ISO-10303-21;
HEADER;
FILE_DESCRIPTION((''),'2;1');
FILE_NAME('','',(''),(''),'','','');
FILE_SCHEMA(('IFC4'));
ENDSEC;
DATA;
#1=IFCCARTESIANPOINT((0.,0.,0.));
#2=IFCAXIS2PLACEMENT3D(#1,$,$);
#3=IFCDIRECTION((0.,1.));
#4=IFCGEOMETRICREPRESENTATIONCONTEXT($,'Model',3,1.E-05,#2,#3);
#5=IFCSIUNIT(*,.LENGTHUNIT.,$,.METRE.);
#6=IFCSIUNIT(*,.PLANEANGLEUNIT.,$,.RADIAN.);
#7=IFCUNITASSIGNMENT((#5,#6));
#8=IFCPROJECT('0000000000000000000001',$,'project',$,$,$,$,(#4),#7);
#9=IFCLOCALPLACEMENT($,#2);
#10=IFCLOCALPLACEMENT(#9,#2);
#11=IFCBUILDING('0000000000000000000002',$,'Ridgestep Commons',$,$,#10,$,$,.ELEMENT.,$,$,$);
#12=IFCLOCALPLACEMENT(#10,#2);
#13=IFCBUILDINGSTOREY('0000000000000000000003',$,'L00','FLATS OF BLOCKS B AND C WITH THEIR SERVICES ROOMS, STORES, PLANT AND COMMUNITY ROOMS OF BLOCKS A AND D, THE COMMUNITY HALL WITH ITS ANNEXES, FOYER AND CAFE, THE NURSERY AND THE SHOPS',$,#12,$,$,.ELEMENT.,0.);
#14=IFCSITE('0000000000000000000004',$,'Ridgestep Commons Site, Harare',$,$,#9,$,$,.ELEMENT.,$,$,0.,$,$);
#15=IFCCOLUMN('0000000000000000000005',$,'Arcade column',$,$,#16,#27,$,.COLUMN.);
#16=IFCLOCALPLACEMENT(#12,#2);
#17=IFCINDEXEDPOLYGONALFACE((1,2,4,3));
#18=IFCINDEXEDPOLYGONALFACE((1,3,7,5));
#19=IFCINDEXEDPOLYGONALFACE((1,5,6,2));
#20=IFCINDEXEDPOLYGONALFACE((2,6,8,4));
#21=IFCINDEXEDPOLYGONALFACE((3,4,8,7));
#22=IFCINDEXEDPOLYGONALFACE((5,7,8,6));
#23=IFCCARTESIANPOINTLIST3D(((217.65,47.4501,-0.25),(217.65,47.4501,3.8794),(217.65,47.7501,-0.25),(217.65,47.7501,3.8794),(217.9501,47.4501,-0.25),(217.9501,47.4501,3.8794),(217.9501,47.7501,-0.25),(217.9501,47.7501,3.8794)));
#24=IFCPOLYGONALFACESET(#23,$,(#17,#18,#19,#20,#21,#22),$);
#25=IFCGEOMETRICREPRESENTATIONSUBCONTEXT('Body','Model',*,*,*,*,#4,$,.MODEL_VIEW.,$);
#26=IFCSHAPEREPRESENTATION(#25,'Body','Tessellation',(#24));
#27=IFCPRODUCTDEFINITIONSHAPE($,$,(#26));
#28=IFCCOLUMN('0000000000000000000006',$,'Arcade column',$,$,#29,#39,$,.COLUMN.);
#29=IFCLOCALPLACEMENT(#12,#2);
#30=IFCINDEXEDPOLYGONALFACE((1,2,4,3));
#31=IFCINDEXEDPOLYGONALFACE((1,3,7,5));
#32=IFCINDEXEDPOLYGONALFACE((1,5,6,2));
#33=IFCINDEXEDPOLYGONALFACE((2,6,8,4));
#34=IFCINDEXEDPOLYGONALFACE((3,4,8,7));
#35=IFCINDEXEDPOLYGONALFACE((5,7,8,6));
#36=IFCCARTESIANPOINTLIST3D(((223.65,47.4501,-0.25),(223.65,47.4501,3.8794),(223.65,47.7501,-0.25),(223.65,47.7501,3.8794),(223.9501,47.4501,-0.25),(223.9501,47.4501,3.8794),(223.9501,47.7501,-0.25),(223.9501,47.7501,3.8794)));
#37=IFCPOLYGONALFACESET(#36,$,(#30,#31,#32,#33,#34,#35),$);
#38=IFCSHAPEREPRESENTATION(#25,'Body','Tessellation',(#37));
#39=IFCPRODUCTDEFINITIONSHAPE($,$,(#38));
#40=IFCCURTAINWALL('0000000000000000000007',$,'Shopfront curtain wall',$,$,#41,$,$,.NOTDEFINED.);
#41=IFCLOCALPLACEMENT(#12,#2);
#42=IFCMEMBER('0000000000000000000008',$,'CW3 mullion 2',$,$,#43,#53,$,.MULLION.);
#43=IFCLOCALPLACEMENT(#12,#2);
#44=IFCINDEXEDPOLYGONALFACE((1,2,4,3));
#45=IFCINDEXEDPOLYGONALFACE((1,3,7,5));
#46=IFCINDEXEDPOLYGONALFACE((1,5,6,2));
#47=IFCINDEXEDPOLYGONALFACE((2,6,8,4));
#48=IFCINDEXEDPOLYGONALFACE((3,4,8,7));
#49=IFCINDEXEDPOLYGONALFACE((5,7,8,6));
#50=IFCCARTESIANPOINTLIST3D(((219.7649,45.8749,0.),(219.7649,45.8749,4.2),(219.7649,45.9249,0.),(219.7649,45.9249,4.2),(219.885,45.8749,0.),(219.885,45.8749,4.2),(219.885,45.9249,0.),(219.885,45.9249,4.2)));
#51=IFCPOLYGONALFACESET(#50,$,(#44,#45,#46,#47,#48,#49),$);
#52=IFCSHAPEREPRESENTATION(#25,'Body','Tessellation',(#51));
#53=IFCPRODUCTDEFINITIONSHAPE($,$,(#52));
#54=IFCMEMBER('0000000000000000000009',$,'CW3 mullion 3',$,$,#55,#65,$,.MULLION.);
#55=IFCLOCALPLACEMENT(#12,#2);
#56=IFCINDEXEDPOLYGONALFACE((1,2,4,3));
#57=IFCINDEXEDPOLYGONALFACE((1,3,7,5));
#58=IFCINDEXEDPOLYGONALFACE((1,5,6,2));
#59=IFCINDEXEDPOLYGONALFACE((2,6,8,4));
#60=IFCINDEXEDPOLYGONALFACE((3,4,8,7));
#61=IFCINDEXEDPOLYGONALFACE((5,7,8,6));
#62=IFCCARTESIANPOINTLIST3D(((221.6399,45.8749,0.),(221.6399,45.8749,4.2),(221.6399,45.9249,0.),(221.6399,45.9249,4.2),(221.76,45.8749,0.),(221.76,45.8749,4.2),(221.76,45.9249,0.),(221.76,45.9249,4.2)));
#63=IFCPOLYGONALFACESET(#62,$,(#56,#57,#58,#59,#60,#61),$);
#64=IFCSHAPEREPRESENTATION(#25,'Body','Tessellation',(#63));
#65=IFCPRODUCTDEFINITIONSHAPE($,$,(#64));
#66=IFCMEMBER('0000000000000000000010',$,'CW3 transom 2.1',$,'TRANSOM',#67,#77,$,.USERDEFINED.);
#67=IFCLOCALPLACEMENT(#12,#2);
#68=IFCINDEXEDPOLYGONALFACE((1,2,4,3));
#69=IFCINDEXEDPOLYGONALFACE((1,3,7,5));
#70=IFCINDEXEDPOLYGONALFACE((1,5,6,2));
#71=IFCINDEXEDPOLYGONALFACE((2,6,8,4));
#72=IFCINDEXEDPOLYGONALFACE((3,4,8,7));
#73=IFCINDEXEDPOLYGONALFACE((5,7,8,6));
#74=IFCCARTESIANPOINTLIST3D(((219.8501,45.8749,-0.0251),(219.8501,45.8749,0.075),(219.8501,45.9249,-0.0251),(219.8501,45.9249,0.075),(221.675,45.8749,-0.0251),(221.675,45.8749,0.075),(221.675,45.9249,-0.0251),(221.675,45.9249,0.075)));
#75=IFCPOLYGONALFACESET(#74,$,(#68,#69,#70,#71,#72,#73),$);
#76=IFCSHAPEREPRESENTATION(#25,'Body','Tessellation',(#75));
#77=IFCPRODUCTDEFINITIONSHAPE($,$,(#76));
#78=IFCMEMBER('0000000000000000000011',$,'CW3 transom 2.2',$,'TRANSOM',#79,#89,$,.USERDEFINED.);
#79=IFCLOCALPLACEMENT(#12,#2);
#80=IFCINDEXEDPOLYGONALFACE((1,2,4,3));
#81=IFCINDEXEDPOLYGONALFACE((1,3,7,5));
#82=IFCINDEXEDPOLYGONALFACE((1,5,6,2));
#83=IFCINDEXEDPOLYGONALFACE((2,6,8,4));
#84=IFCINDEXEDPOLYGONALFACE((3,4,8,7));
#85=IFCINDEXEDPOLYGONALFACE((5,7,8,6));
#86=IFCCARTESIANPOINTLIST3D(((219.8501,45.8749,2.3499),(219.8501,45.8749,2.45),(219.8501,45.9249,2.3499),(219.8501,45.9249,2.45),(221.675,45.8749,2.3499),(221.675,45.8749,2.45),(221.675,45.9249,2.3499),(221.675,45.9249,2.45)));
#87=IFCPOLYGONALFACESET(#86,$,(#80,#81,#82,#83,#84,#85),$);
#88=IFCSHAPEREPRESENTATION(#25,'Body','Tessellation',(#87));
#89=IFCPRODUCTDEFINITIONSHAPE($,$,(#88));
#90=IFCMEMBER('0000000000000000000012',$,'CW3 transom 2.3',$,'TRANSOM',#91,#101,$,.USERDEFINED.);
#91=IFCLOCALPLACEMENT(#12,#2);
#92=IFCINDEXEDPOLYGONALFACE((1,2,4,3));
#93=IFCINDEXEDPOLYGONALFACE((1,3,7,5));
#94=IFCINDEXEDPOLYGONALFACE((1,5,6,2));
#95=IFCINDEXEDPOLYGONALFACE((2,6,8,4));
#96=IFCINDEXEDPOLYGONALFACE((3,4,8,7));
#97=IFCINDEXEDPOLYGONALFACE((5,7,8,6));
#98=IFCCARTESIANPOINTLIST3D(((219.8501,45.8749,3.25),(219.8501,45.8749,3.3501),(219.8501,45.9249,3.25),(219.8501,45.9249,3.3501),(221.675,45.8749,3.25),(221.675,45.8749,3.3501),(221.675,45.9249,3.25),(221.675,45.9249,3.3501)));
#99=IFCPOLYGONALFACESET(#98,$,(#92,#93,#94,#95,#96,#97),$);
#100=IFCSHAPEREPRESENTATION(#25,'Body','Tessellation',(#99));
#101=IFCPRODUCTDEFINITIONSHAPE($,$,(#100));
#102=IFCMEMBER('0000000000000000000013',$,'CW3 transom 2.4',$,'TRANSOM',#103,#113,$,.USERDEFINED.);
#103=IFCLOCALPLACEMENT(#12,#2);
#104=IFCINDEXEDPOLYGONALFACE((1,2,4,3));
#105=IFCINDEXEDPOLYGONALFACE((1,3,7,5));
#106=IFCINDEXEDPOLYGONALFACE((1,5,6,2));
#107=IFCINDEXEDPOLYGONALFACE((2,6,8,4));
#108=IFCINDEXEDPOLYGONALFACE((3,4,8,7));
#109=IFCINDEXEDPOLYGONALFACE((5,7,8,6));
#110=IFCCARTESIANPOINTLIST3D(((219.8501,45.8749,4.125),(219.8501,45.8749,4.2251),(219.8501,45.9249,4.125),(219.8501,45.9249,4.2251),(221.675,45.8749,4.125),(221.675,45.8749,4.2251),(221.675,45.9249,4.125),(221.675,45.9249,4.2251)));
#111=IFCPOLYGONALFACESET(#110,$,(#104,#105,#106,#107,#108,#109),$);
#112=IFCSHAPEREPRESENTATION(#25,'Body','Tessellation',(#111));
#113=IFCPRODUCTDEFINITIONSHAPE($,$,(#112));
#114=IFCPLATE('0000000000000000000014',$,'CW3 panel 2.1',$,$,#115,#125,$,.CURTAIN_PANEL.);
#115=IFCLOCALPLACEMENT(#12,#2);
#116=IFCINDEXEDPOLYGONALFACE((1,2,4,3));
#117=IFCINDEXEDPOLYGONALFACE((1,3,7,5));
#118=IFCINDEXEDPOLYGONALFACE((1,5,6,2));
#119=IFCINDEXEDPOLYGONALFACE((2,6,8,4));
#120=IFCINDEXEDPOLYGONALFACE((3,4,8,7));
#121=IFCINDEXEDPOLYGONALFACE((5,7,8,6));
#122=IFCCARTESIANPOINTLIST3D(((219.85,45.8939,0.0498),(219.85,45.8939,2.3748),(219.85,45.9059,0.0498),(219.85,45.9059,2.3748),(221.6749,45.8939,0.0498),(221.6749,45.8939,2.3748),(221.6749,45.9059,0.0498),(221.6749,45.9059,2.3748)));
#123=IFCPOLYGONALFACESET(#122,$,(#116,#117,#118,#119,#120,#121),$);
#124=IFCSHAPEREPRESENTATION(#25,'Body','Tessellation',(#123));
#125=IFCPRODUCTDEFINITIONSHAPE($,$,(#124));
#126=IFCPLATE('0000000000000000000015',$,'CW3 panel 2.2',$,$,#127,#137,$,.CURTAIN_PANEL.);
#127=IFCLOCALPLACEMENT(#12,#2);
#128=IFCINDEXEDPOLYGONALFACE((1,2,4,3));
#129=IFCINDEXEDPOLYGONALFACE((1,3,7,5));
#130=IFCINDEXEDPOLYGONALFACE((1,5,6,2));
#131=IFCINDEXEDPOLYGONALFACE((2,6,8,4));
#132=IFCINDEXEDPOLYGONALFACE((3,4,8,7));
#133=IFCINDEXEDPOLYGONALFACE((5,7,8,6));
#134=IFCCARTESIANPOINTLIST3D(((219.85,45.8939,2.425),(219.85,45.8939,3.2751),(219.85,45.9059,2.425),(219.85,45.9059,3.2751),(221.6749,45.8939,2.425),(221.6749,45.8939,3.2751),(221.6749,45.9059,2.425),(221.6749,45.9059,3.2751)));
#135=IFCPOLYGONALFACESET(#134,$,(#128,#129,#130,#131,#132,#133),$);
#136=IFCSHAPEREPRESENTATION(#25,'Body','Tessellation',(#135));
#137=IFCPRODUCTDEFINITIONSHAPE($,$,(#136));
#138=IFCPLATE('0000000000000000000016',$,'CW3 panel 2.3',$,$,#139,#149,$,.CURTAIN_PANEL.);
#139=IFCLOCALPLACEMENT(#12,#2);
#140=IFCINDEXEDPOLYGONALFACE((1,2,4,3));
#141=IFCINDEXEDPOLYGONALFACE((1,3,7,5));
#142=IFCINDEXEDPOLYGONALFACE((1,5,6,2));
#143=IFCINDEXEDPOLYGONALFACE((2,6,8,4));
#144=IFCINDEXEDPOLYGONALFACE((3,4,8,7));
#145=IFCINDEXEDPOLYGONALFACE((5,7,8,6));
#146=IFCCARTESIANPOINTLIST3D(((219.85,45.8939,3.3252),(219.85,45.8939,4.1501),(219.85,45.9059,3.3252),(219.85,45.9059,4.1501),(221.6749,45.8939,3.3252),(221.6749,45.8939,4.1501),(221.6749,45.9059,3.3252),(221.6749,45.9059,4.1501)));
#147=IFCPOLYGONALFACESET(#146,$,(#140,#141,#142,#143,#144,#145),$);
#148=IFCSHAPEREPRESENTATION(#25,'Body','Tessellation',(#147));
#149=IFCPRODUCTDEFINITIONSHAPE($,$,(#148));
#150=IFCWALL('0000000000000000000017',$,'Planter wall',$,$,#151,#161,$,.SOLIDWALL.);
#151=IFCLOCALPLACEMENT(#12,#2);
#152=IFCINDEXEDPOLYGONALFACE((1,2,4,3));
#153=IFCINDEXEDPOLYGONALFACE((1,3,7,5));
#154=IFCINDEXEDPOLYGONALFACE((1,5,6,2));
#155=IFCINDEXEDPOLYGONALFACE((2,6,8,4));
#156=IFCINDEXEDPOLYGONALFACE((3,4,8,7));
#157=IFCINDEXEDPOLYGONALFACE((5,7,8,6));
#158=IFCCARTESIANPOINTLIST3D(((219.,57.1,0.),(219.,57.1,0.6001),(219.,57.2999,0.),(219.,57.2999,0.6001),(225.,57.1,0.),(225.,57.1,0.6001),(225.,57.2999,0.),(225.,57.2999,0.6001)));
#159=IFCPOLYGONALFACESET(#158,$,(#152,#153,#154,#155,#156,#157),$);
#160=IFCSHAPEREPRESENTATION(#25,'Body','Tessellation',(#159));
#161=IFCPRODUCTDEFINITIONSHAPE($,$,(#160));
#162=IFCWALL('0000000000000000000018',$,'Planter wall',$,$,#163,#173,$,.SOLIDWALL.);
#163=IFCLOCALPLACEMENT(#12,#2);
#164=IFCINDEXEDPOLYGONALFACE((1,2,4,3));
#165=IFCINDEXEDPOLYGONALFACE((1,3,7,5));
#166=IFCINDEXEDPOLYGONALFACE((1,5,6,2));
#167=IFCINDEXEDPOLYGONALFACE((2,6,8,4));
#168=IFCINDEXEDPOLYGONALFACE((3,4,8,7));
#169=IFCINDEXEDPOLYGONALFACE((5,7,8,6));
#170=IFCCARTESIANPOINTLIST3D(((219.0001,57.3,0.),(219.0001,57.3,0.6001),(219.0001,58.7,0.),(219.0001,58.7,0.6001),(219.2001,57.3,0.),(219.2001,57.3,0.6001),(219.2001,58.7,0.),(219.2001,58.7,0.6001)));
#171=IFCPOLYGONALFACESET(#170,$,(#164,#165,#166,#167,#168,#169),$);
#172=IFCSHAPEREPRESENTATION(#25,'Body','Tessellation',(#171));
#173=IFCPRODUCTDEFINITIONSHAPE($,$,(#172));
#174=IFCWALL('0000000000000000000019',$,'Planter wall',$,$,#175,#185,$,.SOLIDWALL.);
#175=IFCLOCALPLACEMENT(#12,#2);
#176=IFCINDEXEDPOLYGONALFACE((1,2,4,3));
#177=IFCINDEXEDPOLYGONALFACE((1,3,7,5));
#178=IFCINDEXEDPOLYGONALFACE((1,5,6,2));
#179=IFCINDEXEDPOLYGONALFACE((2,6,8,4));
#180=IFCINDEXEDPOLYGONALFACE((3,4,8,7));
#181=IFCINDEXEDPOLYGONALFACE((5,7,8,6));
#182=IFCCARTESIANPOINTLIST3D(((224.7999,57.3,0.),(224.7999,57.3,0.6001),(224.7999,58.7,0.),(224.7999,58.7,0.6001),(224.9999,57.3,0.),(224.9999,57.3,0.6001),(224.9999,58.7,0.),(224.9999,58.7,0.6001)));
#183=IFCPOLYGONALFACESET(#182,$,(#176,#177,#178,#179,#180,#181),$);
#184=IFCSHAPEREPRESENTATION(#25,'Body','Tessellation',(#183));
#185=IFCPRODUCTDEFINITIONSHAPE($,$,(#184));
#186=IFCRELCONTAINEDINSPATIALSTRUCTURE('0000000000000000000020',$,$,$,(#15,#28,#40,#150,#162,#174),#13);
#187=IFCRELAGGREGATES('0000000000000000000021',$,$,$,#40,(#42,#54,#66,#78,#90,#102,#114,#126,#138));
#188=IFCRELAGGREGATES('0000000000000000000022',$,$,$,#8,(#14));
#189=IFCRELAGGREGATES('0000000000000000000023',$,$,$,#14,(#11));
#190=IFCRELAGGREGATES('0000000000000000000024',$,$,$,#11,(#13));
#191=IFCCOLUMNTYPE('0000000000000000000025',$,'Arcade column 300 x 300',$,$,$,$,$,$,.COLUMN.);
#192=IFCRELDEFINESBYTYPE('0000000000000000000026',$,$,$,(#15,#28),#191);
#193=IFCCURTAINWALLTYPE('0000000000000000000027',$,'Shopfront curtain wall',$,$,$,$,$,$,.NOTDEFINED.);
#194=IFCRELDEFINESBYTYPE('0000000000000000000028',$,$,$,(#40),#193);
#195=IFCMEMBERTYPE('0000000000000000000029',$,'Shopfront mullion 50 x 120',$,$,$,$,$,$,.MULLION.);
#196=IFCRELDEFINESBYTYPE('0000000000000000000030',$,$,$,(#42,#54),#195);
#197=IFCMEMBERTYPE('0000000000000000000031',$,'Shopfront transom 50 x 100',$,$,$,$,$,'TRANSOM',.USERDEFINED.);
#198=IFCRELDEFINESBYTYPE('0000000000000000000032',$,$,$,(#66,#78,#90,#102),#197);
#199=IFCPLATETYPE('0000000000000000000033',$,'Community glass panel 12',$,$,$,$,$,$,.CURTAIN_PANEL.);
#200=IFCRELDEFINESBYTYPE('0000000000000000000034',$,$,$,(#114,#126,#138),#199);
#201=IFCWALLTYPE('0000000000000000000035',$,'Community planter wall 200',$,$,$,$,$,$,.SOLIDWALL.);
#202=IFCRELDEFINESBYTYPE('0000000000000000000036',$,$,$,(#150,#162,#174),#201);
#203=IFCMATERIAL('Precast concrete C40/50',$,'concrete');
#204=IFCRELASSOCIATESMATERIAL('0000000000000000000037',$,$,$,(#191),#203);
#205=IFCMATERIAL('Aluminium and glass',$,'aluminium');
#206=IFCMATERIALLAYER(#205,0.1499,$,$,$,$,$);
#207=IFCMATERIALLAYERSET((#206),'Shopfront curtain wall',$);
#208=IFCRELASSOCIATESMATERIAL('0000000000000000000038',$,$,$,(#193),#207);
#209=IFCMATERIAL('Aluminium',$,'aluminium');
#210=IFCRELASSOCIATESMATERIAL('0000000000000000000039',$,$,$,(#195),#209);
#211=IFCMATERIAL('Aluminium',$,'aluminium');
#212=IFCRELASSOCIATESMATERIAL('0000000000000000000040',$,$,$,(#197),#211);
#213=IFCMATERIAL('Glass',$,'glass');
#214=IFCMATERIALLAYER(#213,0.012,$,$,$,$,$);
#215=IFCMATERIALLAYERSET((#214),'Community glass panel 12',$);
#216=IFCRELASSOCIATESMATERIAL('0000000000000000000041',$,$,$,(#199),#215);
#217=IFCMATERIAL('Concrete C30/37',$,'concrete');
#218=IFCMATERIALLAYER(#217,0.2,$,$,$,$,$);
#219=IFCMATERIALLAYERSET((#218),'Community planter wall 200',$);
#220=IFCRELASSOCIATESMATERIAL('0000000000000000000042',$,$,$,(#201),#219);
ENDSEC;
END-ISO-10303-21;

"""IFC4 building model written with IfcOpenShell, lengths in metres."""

from ifc_helpers import new_model, si_unit, direction, frame, frame_2d, origin, origin_2d, place, context, subcontext, project, spatial, rectangle, extrude, material, layer, layer_set, material_profile, profile_set, type_object, element, aggregate, save


model = new_model("IFC4")

# Units and contexts
model_context = context("Model", 3, precision=1e-05, world=origin(), true_north=direction((0.0, 1.0)))
body_context = subcontext(model_context, "Body", "Model", "MODEL_VIEW")
ifc_project = project(units=[si_unit("LENGTHUNIT", "METRE"), si_unit("PLANEANGLEUNIT", "RADIAN")], contexts=[model_context])

# Site, building, storey
site_placement = place(None, origin())
site = spatial("IfcSite", under=ifc_project, at=site_placement, Name="Ridgestep Commons Site, Harare", CompositionType="ELEMENT", RefElevation=0.0)
building_placement = place(site_placement, origin())
building = spatial("IfcBuilding", under=site, at=building_placement, Name="Ridgestep Commons", CompositionType="ELEMENT")
storey_placement = place(building_placement, origin())
storey = spatial("IfcBuildingStorey", under=building, at=storey_placement, Name="L00", Description="FLATS OF BLOCKS B AND C WITH THEIR SERVICES ROOMS, STORES, PLANT AND COMMUNITY ROOMS OF BLOCKS A AND D, THE COMMUNITY HALL WITH ITS ANNEXES, FOYER AND CAFE, THE NURSERY AND THE SHOPS", CompositionType="ELEMENT", Elevation=0.0)

# Columns
ifc_material_1 = material(Name="Precast concrete C40/50", Category="concrete")
ifc_material_profile_1 = material_profile(ifc_material_1, rectangle(XDim=0.3, YDim=0.3, at=origin_2d()), Name="Arcade column 300 x 300")
ifc_profile_set_1 = profile_set([ifc_material_profile_1], Name="Precast concrete C40/50")
column_type = type_object("IfcColumnType", Name="Arcade column 300 x 300", PredefinedType="COLUMN", material=ifc_profile_set_1)
for number, where, z_axis, x_axis, name in (
    (1, (217.8, 47.6001, -0.25), (0.0, 0.0, 1.0), (1.0, 0.0, 0.0), "Arcade column"),
    (2, (223.8, 47.6001, -0.25), (0.0, 0.0, 1.0), (1.0, 0.0, 0.0), "Arcade column"),
):
    element("IfcColumn", number, at=place(storey_placement, frame(where, z_axis=z_axis, x_axis=x_axis)), inside=storey, type_object=column_type, Name=name, PredefinedType="COLUMN", context=body_context, shape_type="SweptSolid", body=[
        extrude(rectangle(XDim=0.3, YDim=0.3, at=origin_2d()), origin(), (0.0, 0.0, 1.0), 4.1294),
    ])

# Curtain wall, members, plates
ifc_material_2 = material(Name="Aluminium and glass", Category="aluminium")
ifc_layer_1 = layer(ifc_material_2, 0.1499)
ifc_layer_set_1 = layer_set([ifc_layer_1], Name="Shopfront curtain wall")
curtain_wall_type = type_object("IfcCurtainWallType", Name="Shopfront curtain wall", PredefinedType="NOTDEFINED", material=ifc_layer_set_1)
curtain_wall_placement = place(storey_placement, origin())
curtain_wall = element("IfcCurtainWall", 3, at=curtain_wall_placement, inside=storey, type_object=curtain_wall_type, Name="Shopfront curtain wall", PredefinedType="NOTDEFINED")
ifc_material_3 = material(Name="Aluminium", Category="aluminium")
ifc_material_profile_2 = material_profile(ifc_material_3, rectangle(XDim=0.05, YDim=0.1201, at=origin_2d()), Name="Shopfront mullion 50 x 120")
ifc_profile_set_2 = profile_set([ifc_material_profile_2], Name="Aluminium")
member_type_1 = type_object("IfcMemberType", Name="Shopfront mullion 50 x 120", PredefinedType="MULLION", material=ifc_profile_set_2)
member_1_placement = place(storey_placement, frame((219.825, 45.8999, 0.0), z_axis=(0.0, 0.0, 1.0), x_axis=(0.0, 1.0, 0.0)))
member_1 = element("IfcMember", 4, at=member_1_placement, type_object=member_type_1, Name="CW3 mullion 2", PredefinedType="MULLION", context=body_context, shape_type="SweptSolid", body=[
    extrude(rectangle(XDim=0.05, YDim=0.1201, at=origin_2d()), origin(), (0.0, 0.0, 1.0), 4.2),
])
member_2_placement = place(storey_placement, frame((221.7, 45.8999, 0.0), z_axis=(0.0, 0.0, 1.0), x_axis=(0.0, 1.0, 0.0)))
member_2 = element("IfcMember", 5, at=member_2_placement, type_object=member_type_1, Name="CW3 mullion 3", PredefinedType="MULLION", context=body_context, shape_type="SweptSolid", body=[
    extrude(rectangle(XDim=0.05, YDim=0.1201, at=origin_2d()), origin(), (0.0, 0.0, 1.0), 4.2),
])
ifc_material_4 = material(Name="Aluminium", Category="aluminium")
ifc_material_profile_3 = material_profile(ifc_material_4, rectangle(XDim=0.05, YDim=0.1001, at=origin_2d()), Name="Shopfront transom 50 x 100")
ifc_profile_set_3 = profile_set([ifc_material_profile_3], Name="Aluminium")
member_type_2 = type_object("IfcMemberType", Name="Shopfront transom 50 x 100", ElementType="TRANSOM", PredefinedType="USERDEFINED", material=ifc_profile_set_3)
member_3_placement = place(storey_placement, frame((219.8501, 45.8999, 0.0249), z_axis=(1.0, 0.0, 0.0), x_axis=(0.0, 1.0, 0.0)))
member_3 = element("IfcMember", 6, at=member_3_placement, type_object=member_type_2, Name="CW3 transom 2.1", ObjectType="TRANSOM", PredefinedType="USERDEFINED", context=body_context, shape_type="SweptSolid", body=[
    extrude(rectangle(XDim=0.05, YDim=0.1001, at=origin_2d()), origin(), (0.0, 0.0, 1.0), 1.825),
])
member_4_placement = place(storey_placement, frame((219.8501, 45.8999, 2.3999), z_axis=(1.0, 0.0, 0.0), x_axis=(0.0, 1.0, 0.0)))
member_4 = element("IfcMember", 7, at=member_4_placement, type_object=member_type_2, Name="CW3 transom 2.2", ObjectType="TRANSOM", PredefinedType="USERDEFINED", context=body_context, shape_type="SweptSolid", body=[
    extrude(rectangle(XDim=0.05, YDim=0.1001, at=origin_2d()), origin(), (0.0, 0.0, 1.0), 1.825),
])
member_5_placement = place(storey_placement, frame((219.8501, 45.8999, 3.3), z_axis=(1.0, 0.0, 0.0), x_axis=(0.0, 1.0, 0.0)))
member_5 = element("IfcMember", 8, at=member_5_placement, type_object=member_type_2, Name="CW3 transom 2.3", ObjectType="TRANSOM", PredefinedType="USERDEFINED", context=body_context, shape_type="SweptSolid", body=[
    extrude(rectangle(XDim=0.05, YDim=0.1001, at=origin_2d()), origin(), (0.0, 0.0, 1.0), 1.825),
])
member_6_placement = place(storey_placement, frame((219.8501, 45.8999, 4.175), z_axis=(1.0, 0.0, 0.0), x_axis=(0.0, 1.0, 0.0)))
member_6 = element("IfcMember", 9, at=member_6_placement, type_object=member_type_2, Name="CW3 transom 2.4", ObjectType="TRANSOM", PredefinedType="USERDEFINED", context=body_context, shape_type="SweptSolid", body=[
    extrude(rectangle(XDim=0.05, YDim=0.1001, at=origin_2d()), origin(), (0.0, 0.0, 1.0), 1.825),
])
ifc_material_5 = material(Name="Glass", Category="glass")
ifc_layer_2 = layer(ifc_material_5, 0.012)
ifc_layer_set_2 = layer_set([ifc_layer_2], Name="Community glass panel 12")
plate_type = type_object("IfcPlateType", Name="Community glass panel 12", PredefinedType="CURTAIN_PANEL", material=ifc_layer_set_2)
plate_1_placement = place(storey_placement, frame((220.7625, 45.8999, 0.0498), z_axis=(0.0, 0.0, 1.0), x_axis=(1.0, 0.0, 0.0)))
plate_1 = element("IfcPlate", 10, at=plate_1_placement, type_object=plate_type, Name="CW3 panel 2.1", PredefinedType="CURTAIN_PANEL", context=body_context, shape_type="SweptSolid", body=[
    extrude(rectangle(XDim=1.825, YDim=0.012, at=origin_2d()), origin(), (0.0, 0.0, 1.0), 2.325),
])
plate_2_placement = place(storey_placement, frame((220.7625, 45.8999, 2.425), z_axis=(0.0, 0.0, 1.0), x_axis=(1.0, 0.0, 0.0)))
plate_2 = element("IfcPlate", 11, at=plate_2_placement, type_object=plate_type, Name="CW3 panel 2.2", PredefinedType="CURTAIN_PANEL", context=body_context, shape_type="SweptSolid", body=[
    extrude(rectangle(XDim=1.825, YDim=0.012, at=origin_2d()), origin(), (0.0, 0.0, 1.0), 0.8501),
])
plate_3_placement = place(storey_placement, frame((220.7625, 45.8999, 3.3252), z_axis=(0.0, 0.0, 1.0), x_axis=(1.0, 0.0, 0.0)))
plate_3 = element("IfcPlate", 12, at=plate_3_placement, type_object=plate_type, Name="CW3 panel 2.3", PredefinedType="CURTAIN_PANEL", context=body_context, shape_type="SweptSolid", body=[
    extrude(rectangle(XDim=1.825, YDim=0.012, at=origin_2d()), origin(), (0.0, 0.0, 1.0), 0.825),
])
aggregate(curtain_wall, [member_1, member_2, member_3, member_4, member_5, member_6, plate_1, plate_2, plate_3])

# Walls
ifc_material_6 = material(Name="Concrete C30/37", Category="concrete")
ifc_layer_3 = layer(ifc_material_6, 0.2)
ifc_layer_set_3 = layer_set([ifc_layer_3], Name="Community planter wall 200")
wall_type_1 = type_object("IfcWallType", Name="Community planter wall 200", PredefinedType="SOLIDWALL", material=ifc_layer_set_3)
wall_1_placement = place(storey_placement, frame((219.0, 57.2, 0.0), z_axis=(0.0, 0.0, 1.0), x_axis=(1.0, 0.0, 0.0)))
element("IfcWall", 13, at=wall_1_placement, inside=storey, type_object=wall_type_1, Name="Planter wall", PredefinedType="SOLIDWALL", context=body_context, shape_type="SweptSolid", body=[
    extrude(rectangle(XDim=6.0, YDim=0.2, at=frame_2d((3.0, 0.0))), origin(), (0.0, 0.0, 1.0), 0.6001),
])
for number, where, z_axis, x_axis, name in (
    (14, (219.1001, 57.3, 0.0), (0.0, 0.0, 1.0), (0.0, 1.0, 0.0), "Planter wall"),
    (15, (224.8999, 57.3, 0.0), (0.0, 0.0, 1.0), (0.0, 1.0, 0.0), "Planter wall"),
):
    element("IfcWall", number, at=place(storey_placement, frame(where, z_axis=z_axis, x_axis=x_axis)), inside=storey, type_object=wall_type_1, Name=name, PredefinedType="SOLIDWALL", context=body_context, shape_type="SweptSolid", body=[
        extrude(rectangle(XDim=1.3999, YDim=0.2, at=frame_2d((0.7, 0.0))), origin(), (0.0, 0.0, 1.0), 0.6001),
    ])

save(model, "model.ifc")
